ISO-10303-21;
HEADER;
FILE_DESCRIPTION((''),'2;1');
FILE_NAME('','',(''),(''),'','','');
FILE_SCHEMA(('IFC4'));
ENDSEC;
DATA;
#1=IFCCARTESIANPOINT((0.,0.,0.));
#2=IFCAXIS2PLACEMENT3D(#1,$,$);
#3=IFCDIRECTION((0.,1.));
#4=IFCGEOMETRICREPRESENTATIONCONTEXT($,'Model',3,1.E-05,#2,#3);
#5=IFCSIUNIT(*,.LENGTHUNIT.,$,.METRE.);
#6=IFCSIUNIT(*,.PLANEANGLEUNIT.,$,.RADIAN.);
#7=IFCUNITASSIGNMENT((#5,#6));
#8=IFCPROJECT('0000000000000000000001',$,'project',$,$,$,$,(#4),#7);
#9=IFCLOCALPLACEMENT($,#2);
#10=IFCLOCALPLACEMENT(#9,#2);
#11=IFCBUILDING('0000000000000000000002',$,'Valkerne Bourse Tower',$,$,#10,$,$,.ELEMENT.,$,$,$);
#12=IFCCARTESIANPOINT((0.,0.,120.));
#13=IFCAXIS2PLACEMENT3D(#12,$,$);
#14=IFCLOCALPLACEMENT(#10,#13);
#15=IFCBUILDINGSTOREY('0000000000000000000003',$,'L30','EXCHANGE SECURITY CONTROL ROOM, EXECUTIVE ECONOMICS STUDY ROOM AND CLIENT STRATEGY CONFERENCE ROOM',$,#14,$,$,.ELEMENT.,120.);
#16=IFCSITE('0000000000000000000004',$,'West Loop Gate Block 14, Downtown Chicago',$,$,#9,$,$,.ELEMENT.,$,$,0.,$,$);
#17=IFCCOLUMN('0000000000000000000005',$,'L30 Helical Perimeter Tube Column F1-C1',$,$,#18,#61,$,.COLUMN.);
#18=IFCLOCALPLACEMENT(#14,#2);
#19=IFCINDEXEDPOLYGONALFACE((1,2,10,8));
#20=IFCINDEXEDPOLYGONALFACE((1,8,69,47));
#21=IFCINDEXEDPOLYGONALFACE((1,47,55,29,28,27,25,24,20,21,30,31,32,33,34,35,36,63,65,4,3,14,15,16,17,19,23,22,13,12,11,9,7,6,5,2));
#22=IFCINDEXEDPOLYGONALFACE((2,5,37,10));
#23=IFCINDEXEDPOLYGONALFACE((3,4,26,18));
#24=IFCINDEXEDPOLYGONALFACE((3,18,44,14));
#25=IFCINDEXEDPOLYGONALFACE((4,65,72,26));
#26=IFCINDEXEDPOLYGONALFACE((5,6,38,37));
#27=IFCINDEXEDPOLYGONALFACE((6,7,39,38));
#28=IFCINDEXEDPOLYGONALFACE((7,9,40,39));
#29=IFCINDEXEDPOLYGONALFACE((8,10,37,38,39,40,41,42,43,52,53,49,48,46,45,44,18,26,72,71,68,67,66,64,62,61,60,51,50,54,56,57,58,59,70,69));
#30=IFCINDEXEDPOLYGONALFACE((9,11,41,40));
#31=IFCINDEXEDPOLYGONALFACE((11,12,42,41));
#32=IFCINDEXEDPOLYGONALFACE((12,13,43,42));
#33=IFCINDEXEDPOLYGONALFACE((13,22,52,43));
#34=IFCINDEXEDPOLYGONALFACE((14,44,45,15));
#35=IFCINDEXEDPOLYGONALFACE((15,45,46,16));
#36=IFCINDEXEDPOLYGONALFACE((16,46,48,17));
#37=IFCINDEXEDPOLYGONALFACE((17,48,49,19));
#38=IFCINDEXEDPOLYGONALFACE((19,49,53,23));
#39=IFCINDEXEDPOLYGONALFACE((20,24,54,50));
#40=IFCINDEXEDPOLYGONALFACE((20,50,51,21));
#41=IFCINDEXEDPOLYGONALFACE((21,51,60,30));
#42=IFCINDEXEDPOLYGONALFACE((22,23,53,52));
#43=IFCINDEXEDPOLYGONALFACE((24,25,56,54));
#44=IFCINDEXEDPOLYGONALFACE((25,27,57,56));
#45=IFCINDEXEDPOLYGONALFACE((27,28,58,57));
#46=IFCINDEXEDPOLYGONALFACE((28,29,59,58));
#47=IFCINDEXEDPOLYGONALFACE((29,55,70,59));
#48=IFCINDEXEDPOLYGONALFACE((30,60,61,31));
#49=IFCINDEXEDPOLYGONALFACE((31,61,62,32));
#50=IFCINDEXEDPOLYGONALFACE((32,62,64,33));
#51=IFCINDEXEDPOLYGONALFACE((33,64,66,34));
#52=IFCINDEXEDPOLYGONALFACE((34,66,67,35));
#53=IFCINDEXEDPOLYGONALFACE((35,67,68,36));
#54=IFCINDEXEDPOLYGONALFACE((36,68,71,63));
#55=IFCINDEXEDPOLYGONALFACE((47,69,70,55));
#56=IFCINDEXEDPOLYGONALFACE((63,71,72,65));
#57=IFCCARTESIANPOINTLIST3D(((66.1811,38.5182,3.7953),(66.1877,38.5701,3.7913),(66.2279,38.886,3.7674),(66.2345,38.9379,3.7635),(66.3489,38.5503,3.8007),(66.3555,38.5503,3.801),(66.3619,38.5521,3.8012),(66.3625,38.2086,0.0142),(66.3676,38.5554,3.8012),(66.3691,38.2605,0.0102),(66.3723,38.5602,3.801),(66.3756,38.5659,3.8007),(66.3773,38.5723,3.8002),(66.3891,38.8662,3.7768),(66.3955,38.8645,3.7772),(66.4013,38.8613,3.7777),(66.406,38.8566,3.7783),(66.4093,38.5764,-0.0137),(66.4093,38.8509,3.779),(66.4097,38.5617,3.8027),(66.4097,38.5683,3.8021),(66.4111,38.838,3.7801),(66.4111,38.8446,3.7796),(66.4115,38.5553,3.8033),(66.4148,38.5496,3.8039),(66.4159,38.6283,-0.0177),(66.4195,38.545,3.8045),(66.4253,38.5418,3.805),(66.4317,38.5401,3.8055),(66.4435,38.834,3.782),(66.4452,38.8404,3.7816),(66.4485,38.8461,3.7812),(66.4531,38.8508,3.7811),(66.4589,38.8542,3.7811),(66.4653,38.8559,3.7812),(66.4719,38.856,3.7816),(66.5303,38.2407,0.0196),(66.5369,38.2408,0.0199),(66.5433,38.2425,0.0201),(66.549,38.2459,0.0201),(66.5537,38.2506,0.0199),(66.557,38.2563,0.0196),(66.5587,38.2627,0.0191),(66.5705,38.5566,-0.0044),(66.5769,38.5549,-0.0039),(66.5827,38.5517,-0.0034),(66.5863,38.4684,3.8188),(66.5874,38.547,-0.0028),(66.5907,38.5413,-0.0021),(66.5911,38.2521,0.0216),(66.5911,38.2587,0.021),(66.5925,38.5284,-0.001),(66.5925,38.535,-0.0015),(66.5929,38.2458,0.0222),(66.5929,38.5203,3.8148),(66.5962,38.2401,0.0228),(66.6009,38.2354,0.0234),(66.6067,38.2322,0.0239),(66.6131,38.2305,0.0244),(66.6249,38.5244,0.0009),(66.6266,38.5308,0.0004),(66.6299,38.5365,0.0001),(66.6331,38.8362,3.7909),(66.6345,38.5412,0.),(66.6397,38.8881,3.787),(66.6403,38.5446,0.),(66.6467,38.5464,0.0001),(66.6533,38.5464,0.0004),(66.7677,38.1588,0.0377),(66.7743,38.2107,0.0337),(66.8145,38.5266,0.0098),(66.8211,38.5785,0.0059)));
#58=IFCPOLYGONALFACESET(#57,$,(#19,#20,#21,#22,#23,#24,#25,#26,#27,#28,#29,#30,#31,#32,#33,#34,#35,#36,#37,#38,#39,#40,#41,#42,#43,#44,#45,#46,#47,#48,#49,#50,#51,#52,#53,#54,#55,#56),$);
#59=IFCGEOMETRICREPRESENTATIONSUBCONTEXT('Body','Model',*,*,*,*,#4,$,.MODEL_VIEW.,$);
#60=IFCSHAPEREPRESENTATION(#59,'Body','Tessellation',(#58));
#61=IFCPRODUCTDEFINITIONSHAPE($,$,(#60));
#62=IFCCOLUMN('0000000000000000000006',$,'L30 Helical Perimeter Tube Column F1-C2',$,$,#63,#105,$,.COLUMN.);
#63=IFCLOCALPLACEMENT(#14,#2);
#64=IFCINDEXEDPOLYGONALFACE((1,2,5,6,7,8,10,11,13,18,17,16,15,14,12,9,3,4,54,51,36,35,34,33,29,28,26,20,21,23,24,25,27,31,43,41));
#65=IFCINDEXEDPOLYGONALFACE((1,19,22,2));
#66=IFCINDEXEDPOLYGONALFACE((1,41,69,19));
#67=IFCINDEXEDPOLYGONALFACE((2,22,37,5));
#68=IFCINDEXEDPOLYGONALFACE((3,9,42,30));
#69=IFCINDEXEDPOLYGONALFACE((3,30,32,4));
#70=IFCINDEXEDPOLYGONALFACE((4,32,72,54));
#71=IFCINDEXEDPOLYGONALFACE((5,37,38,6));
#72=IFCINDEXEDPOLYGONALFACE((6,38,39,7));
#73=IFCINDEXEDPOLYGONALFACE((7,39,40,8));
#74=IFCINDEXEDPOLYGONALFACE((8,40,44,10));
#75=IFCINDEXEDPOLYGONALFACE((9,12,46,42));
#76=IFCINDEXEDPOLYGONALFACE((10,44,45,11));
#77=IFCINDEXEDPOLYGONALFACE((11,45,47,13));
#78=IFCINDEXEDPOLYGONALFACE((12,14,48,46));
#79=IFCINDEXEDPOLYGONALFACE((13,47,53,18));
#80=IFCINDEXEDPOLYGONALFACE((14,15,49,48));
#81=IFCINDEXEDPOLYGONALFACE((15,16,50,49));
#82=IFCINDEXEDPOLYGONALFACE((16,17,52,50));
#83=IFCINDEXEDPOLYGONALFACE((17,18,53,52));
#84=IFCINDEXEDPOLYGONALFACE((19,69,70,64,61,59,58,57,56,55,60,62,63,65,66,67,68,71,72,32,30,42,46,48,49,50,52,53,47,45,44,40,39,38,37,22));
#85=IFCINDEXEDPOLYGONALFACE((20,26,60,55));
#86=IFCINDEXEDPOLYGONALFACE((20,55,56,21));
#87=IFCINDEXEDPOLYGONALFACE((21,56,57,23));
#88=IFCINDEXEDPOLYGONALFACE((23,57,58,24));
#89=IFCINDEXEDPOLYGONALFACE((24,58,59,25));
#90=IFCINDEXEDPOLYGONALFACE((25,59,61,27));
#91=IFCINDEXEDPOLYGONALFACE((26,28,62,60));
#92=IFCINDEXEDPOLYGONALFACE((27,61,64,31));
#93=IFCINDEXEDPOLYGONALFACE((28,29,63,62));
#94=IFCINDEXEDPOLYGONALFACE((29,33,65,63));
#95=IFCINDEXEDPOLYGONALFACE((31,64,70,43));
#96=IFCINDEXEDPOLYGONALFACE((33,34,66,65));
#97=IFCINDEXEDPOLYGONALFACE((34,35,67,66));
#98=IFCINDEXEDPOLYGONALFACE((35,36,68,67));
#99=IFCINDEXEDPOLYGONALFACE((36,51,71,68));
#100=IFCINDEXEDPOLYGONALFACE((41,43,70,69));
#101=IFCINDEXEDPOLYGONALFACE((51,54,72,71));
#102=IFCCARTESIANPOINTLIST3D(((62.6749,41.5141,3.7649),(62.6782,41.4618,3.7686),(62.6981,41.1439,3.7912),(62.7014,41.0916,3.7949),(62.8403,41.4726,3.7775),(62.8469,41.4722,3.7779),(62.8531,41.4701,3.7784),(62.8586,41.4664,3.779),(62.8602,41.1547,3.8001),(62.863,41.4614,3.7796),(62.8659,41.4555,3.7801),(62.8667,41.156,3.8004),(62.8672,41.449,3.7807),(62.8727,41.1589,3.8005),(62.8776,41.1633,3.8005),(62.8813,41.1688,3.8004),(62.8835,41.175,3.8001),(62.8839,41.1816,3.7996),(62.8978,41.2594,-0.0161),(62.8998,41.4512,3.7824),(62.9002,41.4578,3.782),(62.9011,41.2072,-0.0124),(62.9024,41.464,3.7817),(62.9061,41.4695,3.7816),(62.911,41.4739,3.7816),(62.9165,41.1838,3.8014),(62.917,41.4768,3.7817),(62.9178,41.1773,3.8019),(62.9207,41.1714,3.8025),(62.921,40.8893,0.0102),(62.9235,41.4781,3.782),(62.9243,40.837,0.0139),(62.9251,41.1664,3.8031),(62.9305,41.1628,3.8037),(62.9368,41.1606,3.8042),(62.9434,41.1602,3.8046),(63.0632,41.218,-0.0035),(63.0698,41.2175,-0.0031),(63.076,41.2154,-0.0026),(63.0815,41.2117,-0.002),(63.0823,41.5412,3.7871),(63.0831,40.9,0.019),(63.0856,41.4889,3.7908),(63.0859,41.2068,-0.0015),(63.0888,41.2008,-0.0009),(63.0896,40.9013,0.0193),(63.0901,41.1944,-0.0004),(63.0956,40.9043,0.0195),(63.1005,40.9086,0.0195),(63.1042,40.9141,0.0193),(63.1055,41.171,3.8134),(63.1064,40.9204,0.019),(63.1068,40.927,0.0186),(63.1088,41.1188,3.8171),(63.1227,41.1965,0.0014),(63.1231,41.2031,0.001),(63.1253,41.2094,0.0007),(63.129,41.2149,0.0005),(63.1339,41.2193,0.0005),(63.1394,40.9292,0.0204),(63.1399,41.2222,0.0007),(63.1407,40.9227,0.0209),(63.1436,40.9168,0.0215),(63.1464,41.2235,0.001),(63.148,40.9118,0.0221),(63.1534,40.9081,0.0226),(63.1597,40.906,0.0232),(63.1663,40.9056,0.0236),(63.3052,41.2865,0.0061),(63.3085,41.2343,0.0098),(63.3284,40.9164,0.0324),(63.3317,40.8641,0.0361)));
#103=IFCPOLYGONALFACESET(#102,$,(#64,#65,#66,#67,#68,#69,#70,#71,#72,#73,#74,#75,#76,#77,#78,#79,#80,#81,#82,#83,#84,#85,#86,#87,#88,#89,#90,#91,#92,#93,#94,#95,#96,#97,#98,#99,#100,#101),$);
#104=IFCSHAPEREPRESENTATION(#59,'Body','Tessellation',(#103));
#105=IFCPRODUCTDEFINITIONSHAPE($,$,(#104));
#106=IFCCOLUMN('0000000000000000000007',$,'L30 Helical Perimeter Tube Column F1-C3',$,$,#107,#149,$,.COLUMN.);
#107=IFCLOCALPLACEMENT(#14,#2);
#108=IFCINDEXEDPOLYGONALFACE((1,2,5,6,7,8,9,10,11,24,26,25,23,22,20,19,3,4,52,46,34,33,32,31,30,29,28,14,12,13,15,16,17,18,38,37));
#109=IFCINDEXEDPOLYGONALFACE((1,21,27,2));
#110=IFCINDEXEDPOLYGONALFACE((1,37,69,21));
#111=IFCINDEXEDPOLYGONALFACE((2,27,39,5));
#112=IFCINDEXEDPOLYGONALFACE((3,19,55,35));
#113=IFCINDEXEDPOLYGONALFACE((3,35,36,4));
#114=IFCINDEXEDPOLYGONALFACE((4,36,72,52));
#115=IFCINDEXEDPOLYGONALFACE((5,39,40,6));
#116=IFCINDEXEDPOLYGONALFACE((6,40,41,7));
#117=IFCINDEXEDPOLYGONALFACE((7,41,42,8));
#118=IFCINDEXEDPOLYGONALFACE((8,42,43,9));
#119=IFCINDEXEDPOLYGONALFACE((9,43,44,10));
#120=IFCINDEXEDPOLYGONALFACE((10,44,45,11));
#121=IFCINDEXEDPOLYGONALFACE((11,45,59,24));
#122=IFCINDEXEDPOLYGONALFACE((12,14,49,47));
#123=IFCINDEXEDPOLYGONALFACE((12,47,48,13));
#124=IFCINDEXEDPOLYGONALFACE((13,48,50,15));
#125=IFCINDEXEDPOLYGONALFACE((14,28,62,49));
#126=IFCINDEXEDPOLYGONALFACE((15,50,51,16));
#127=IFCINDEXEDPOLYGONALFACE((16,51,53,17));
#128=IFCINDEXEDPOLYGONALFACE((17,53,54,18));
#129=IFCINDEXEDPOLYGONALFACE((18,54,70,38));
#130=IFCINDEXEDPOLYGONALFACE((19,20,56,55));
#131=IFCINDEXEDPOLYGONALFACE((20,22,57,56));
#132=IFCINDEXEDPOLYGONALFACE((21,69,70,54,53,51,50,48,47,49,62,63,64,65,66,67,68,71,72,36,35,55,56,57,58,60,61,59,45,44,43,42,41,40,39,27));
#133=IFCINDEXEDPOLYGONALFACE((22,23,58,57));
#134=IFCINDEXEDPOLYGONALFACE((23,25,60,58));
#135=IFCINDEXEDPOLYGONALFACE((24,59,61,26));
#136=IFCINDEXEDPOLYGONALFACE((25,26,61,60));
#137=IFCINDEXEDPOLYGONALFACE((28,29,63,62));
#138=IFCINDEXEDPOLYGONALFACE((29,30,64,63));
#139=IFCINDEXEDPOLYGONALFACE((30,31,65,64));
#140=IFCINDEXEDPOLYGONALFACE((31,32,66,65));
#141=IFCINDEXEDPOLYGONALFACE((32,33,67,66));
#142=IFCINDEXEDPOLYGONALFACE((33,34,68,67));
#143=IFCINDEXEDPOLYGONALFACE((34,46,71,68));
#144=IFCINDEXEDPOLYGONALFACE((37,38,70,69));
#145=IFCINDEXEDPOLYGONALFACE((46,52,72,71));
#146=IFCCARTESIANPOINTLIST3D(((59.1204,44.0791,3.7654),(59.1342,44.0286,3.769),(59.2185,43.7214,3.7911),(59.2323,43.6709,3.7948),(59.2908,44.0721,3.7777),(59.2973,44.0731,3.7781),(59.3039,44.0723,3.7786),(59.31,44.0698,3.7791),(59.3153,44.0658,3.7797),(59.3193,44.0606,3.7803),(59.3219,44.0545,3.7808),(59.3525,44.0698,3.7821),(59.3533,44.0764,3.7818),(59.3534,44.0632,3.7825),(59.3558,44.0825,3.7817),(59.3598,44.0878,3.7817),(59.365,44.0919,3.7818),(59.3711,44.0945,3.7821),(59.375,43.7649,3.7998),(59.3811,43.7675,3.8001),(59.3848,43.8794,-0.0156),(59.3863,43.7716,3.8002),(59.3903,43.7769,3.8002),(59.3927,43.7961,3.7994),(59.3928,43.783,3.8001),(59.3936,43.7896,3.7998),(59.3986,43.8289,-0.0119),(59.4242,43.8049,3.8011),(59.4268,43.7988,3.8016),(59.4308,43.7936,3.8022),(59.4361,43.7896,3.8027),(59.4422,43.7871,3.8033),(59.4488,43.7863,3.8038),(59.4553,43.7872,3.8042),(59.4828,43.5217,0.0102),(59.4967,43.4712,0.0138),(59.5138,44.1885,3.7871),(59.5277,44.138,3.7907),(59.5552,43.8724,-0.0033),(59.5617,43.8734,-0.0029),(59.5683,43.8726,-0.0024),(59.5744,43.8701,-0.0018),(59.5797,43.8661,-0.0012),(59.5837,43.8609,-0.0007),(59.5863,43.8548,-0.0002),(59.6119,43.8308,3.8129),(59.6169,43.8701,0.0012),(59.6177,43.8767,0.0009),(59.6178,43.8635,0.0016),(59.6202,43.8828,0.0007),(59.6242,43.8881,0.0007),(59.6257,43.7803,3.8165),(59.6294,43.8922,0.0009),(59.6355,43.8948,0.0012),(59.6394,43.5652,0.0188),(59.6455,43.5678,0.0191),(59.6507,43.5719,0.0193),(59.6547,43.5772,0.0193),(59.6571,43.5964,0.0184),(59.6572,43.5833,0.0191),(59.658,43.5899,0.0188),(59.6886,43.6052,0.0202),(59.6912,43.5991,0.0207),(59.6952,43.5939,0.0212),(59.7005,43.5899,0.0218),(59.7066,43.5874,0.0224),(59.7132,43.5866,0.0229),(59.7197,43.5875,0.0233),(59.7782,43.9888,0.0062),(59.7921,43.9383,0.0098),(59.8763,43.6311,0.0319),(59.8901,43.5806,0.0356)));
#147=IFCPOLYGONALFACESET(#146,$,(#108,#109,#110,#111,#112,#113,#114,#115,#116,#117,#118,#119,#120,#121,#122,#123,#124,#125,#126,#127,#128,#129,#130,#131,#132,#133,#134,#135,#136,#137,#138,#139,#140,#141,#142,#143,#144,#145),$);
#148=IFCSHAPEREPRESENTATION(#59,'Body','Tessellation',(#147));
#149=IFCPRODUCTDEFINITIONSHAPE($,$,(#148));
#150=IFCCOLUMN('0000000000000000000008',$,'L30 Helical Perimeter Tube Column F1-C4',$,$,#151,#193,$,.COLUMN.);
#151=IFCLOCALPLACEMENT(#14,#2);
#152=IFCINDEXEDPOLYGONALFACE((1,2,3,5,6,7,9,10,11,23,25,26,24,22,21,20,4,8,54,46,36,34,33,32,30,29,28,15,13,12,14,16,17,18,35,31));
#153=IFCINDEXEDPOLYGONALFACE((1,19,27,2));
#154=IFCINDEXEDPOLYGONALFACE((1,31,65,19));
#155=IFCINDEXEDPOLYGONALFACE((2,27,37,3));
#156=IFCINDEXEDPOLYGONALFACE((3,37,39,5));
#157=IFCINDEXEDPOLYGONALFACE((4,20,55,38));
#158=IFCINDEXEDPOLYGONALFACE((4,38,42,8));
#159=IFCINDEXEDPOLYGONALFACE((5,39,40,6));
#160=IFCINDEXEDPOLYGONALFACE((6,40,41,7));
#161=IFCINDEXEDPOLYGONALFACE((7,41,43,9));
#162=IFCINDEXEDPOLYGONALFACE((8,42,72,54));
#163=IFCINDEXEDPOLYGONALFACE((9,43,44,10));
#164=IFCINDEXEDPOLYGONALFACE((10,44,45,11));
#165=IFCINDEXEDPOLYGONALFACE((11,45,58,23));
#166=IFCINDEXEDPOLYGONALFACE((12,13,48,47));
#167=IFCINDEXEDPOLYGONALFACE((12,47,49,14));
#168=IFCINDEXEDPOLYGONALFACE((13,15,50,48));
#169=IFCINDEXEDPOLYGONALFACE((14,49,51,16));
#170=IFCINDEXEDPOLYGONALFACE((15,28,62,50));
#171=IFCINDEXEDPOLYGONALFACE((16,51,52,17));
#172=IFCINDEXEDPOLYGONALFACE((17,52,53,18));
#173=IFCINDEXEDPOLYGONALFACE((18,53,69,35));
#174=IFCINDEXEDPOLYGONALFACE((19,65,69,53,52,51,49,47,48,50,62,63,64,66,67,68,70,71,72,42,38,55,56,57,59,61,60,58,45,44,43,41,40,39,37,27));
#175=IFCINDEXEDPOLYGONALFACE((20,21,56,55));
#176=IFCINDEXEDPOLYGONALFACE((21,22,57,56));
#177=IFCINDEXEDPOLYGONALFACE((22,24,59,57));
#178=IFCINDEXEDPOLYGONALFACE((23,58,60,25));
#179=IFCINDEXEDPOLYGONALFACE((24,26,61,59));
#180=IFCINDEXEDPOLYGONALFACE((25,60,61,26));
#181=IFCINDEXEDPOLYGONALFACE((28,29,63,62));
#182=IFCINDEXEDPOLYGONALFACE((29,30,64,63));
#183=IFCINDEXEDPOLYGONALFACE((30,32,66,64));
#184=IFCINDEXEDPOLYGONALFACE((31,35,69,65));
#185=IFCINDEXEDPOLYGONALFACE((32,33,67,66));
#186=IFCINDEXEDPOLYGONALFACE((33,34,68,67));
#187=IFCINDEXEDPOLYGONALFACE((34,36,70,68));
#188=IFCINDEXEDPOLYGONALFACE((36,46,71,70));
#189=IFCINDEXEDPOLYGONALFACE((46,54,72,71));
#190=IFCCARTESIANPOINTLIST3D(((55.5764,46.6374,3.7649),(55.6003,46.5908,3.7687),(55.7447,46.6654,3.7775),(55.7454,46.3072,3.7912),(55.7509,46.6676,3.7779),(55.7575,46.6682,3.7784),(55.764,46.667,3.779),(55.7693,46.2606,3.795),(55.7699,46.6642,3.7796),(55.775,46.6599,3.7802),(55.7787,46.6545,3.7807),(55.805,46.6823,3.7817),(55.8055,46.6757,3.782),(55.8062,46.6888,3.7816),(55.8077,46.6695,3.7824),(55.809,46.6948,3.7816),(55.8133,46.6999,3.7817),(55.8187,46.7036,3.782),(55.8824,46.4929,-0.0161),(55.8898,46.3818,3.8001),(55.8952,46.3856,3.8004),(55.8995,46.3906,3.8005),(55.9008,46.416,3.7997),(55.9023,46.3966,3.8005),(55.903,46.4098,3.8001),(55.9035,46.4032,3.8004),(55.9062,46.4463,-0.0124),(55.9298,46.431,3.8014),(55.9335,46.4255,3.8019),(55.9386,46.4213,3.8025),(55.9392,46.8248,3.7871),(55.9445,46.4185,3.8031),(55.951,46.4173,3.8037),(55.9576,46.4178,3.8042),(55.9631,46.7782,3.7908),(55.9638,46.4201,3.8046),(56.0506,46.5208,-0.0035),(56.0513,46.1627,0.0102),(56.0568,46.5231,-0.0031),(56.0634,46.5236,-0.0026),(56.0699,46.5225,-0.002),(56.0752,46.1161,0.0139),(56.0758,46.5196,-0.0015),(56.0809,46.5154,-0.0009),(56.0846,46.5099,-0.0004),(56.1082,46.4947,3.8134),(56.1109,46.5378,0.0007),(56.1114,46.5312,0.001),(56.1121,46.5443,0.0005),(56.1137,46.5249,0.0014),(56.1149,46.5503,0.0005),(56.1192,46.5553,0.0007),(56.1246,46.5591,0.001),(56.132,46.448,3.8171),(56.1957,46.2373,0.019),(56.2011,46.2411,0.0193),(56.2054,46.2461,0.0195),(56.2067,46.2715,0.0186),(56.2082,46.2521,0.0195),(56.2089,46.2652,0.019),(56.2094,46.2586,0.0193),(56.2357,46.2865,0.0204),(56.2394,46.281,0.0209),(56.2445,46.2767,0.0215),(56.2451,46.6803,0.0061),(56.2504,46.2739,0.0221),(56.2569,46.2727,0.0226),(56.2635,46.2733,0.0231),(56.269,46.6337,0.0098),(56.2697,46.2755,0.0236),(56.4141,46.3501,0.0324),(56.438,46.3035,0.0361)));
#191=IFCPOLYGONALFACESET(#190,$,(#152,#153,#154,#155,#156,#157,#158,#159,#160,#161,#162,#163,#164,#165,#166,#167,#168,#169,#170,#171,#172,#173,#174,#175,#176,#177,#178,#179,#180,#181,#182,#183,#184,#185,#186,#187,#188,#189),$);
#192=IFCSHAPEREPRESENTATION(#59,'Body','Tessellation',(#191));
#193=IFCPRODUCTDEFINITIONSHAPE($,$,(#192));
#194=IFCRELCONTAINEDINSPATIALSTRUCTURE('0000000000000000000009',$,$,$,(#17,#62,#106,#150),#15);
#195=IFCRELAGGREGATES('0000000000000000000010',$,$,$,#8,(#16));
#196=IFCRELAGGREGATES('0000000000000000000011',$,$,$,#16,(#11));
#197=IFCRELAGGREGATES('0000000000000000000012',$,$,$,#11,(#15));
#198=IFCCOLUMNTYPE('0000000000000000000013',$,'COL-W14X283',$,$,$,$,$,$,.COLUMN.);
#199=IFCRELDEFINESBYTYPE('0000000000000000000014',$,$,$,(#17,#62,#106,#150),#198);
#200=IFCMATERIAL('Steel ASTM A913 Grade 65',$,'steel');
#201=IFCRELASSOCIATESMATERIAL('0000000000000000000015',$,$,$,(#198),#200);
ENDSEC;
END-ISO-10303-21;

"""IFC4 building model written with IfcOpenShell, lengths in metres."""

from ifc_helpers import new_model, si_unit, direction, frame, origin, origin_2d, place, context, subcontext, project, spatial, i_section, extrude, material, material_profile, profile_set, type_object, element, save


model = new_model("IFC4")

# Units and contexts
model_context = context("Model", 3, precision=1e-05, world=origin(), true_north=direction((0.0, 1.0)))
body_context = subcontext(model_context, "Body", "Model", "MODEL_VIEW")
ifc_project = project(units=[si_unit("LENGTHUNIT", "METRE"), si_unit("PLANEANGLEUNIT", "RADIAN")], contexts=[model_context])

# Site, building, storey
site_placement = place(None, origin())
site = spatial("IfcSite", under=ifc_project, at=site_placement, Name="West Loop Gate Block 14, Downtown Chicago", CompositionType="ELEMENT", RefElevation=0.0)
building_placement = place(site_placement, origin())
building = spatial("IfcBuilding", under=site, at=building_placement, Name="Valkerne Bourse Tower", CompositionType="ELEMENT")
storey_placement = place(building_placement, frame((0.0, 0.0, 120.0)))
storey = spatial("IfcBuildingStorey", under=building, at=storey_placement, Name="L30", Description="EXCHANGE SECURITY CONTROL ROOM, EXECUTIVE ECONOMICS STUDY ROOM AND CLIENT STRATEGY CONFERENCE ROOM", CompositionType="ELEMENT", Elevation=120.0)

# Columns
ifc_material_1 = material(Name="Steel ASTM A913 Grade 65", Category="steel")
ifc_material_profile_1 = material_profile(ifc_material_1, i_section(OverallWidth=0.4089, OverallDepth=0.4243, WebThickness=0.0327, FlangeThickness=0.0525, FilletRadius=0.0254, at=origin_2d()), Name="W14X283")
ifc_profile_set_1 = profile_set([ifc_material_profile_1], Name="Steel ASTM A913 Grade 65")
column_type = type_object("IfcColumnType", Name="COL-W14X283", PredefinedType="COLUMN", material=ifc_profile_set_1)
column_1_placement = place(storey_placement, frame((66.5918, 38.3936, 0.01), z_axis=(-0.047761, 0.081509, 0.995528), x_axis=(0.990888, -0.121795, 0.057511)))
element("IfcColumn", 1, at=column_1_placement, inside=storey, type_object=column_type, Name="L30 Helical Perimeter Tube Column F1-C1", PredefinedType="COLUMN", context=body_context, shape_type="SweptSolid", body=[
    extrude(i_section(OverallWidth=0.4089, OverallDepth=0.4243, WebThickness=0.0327, FlangeThickness=0.0525, FilletRadius=0.0254, at=origin_2d()), origin(), (0.0, 0.0, 1.0), 3.7981),
])
column_2_placement = place(storey_placement, frame((63.1147, 41.0618, 0.01), z_axis=(-0.058718, 0.067079, 0.996018), x_axis=(0.996322, 0.066314, 0.05427)))
element("IfcColumn", 2, at=column_2_placement, inside=storey, type_object=column_type, Name="L30 Helical Perimeter Tube Column F1-C2", PredefinedType="COLUMN", context=body_context, shape_type="SweptSolid", body=[
    extrude(i_section(OverallWidth=0.4089, OverallDepth=0.4243, WebThickness=0.0327, FlangeThickness=0.0525, FilletRadius=0.0254, at=origin_2d()), origin(), (0.0, 0.0, 1.0), 3.7961),
])
column_3_placement = place(storey_placement, frame((59.6375, 43.73, 0.01), z_axis=(-0.069663, 0.052617, 0.996182), x_axis=(0.962074, 0.267561, 0.053145)))
element("IfcColumn", 3, at=column_3_placement, inside=storey, type_object=column_type, Name="L30 Helical Perimeter Tube Column F1-C3", PredefinedType="COLUMN", context=body_context, shape_type="SweptSolid", body=[
    extrude(i_section(OverallWidth=0.4089, OverallDepth=0.4243, WebThickness=0.0327, FlangeThickness=0.0525, FilletRadius=0.0254, at=origin_2d()), origin(), (0.0, 0.0, 1.0), 3.7954),
])
column_4_placement = place(storey_placement, frame((56.1602, 46.3982, 0.01), z_axis=(-0.080585, 0.038073, 0.99602), x_axis=(0.887139, 0.458301, 0.054257)))
element("IfcColumn", 4, at=column_4_placement, inside=storey, type_object=column_type, Name="L30 Helical Perimeter Tube Column F1-C4", PredefinedType="COLUMN", context=body_context, shape_type="SweptSolid", body=[
    extrude(i_section(OverallWidth=0.4089, OverallDepth=0.4243, WebThickness=0.0327, FlangeThickness=0.0525, FilletRadius=0.0254, at=origin_2d()), origin(), (0.0, 0.0, 1.0), 3.7961),
])

save(model, "model.ifc")
